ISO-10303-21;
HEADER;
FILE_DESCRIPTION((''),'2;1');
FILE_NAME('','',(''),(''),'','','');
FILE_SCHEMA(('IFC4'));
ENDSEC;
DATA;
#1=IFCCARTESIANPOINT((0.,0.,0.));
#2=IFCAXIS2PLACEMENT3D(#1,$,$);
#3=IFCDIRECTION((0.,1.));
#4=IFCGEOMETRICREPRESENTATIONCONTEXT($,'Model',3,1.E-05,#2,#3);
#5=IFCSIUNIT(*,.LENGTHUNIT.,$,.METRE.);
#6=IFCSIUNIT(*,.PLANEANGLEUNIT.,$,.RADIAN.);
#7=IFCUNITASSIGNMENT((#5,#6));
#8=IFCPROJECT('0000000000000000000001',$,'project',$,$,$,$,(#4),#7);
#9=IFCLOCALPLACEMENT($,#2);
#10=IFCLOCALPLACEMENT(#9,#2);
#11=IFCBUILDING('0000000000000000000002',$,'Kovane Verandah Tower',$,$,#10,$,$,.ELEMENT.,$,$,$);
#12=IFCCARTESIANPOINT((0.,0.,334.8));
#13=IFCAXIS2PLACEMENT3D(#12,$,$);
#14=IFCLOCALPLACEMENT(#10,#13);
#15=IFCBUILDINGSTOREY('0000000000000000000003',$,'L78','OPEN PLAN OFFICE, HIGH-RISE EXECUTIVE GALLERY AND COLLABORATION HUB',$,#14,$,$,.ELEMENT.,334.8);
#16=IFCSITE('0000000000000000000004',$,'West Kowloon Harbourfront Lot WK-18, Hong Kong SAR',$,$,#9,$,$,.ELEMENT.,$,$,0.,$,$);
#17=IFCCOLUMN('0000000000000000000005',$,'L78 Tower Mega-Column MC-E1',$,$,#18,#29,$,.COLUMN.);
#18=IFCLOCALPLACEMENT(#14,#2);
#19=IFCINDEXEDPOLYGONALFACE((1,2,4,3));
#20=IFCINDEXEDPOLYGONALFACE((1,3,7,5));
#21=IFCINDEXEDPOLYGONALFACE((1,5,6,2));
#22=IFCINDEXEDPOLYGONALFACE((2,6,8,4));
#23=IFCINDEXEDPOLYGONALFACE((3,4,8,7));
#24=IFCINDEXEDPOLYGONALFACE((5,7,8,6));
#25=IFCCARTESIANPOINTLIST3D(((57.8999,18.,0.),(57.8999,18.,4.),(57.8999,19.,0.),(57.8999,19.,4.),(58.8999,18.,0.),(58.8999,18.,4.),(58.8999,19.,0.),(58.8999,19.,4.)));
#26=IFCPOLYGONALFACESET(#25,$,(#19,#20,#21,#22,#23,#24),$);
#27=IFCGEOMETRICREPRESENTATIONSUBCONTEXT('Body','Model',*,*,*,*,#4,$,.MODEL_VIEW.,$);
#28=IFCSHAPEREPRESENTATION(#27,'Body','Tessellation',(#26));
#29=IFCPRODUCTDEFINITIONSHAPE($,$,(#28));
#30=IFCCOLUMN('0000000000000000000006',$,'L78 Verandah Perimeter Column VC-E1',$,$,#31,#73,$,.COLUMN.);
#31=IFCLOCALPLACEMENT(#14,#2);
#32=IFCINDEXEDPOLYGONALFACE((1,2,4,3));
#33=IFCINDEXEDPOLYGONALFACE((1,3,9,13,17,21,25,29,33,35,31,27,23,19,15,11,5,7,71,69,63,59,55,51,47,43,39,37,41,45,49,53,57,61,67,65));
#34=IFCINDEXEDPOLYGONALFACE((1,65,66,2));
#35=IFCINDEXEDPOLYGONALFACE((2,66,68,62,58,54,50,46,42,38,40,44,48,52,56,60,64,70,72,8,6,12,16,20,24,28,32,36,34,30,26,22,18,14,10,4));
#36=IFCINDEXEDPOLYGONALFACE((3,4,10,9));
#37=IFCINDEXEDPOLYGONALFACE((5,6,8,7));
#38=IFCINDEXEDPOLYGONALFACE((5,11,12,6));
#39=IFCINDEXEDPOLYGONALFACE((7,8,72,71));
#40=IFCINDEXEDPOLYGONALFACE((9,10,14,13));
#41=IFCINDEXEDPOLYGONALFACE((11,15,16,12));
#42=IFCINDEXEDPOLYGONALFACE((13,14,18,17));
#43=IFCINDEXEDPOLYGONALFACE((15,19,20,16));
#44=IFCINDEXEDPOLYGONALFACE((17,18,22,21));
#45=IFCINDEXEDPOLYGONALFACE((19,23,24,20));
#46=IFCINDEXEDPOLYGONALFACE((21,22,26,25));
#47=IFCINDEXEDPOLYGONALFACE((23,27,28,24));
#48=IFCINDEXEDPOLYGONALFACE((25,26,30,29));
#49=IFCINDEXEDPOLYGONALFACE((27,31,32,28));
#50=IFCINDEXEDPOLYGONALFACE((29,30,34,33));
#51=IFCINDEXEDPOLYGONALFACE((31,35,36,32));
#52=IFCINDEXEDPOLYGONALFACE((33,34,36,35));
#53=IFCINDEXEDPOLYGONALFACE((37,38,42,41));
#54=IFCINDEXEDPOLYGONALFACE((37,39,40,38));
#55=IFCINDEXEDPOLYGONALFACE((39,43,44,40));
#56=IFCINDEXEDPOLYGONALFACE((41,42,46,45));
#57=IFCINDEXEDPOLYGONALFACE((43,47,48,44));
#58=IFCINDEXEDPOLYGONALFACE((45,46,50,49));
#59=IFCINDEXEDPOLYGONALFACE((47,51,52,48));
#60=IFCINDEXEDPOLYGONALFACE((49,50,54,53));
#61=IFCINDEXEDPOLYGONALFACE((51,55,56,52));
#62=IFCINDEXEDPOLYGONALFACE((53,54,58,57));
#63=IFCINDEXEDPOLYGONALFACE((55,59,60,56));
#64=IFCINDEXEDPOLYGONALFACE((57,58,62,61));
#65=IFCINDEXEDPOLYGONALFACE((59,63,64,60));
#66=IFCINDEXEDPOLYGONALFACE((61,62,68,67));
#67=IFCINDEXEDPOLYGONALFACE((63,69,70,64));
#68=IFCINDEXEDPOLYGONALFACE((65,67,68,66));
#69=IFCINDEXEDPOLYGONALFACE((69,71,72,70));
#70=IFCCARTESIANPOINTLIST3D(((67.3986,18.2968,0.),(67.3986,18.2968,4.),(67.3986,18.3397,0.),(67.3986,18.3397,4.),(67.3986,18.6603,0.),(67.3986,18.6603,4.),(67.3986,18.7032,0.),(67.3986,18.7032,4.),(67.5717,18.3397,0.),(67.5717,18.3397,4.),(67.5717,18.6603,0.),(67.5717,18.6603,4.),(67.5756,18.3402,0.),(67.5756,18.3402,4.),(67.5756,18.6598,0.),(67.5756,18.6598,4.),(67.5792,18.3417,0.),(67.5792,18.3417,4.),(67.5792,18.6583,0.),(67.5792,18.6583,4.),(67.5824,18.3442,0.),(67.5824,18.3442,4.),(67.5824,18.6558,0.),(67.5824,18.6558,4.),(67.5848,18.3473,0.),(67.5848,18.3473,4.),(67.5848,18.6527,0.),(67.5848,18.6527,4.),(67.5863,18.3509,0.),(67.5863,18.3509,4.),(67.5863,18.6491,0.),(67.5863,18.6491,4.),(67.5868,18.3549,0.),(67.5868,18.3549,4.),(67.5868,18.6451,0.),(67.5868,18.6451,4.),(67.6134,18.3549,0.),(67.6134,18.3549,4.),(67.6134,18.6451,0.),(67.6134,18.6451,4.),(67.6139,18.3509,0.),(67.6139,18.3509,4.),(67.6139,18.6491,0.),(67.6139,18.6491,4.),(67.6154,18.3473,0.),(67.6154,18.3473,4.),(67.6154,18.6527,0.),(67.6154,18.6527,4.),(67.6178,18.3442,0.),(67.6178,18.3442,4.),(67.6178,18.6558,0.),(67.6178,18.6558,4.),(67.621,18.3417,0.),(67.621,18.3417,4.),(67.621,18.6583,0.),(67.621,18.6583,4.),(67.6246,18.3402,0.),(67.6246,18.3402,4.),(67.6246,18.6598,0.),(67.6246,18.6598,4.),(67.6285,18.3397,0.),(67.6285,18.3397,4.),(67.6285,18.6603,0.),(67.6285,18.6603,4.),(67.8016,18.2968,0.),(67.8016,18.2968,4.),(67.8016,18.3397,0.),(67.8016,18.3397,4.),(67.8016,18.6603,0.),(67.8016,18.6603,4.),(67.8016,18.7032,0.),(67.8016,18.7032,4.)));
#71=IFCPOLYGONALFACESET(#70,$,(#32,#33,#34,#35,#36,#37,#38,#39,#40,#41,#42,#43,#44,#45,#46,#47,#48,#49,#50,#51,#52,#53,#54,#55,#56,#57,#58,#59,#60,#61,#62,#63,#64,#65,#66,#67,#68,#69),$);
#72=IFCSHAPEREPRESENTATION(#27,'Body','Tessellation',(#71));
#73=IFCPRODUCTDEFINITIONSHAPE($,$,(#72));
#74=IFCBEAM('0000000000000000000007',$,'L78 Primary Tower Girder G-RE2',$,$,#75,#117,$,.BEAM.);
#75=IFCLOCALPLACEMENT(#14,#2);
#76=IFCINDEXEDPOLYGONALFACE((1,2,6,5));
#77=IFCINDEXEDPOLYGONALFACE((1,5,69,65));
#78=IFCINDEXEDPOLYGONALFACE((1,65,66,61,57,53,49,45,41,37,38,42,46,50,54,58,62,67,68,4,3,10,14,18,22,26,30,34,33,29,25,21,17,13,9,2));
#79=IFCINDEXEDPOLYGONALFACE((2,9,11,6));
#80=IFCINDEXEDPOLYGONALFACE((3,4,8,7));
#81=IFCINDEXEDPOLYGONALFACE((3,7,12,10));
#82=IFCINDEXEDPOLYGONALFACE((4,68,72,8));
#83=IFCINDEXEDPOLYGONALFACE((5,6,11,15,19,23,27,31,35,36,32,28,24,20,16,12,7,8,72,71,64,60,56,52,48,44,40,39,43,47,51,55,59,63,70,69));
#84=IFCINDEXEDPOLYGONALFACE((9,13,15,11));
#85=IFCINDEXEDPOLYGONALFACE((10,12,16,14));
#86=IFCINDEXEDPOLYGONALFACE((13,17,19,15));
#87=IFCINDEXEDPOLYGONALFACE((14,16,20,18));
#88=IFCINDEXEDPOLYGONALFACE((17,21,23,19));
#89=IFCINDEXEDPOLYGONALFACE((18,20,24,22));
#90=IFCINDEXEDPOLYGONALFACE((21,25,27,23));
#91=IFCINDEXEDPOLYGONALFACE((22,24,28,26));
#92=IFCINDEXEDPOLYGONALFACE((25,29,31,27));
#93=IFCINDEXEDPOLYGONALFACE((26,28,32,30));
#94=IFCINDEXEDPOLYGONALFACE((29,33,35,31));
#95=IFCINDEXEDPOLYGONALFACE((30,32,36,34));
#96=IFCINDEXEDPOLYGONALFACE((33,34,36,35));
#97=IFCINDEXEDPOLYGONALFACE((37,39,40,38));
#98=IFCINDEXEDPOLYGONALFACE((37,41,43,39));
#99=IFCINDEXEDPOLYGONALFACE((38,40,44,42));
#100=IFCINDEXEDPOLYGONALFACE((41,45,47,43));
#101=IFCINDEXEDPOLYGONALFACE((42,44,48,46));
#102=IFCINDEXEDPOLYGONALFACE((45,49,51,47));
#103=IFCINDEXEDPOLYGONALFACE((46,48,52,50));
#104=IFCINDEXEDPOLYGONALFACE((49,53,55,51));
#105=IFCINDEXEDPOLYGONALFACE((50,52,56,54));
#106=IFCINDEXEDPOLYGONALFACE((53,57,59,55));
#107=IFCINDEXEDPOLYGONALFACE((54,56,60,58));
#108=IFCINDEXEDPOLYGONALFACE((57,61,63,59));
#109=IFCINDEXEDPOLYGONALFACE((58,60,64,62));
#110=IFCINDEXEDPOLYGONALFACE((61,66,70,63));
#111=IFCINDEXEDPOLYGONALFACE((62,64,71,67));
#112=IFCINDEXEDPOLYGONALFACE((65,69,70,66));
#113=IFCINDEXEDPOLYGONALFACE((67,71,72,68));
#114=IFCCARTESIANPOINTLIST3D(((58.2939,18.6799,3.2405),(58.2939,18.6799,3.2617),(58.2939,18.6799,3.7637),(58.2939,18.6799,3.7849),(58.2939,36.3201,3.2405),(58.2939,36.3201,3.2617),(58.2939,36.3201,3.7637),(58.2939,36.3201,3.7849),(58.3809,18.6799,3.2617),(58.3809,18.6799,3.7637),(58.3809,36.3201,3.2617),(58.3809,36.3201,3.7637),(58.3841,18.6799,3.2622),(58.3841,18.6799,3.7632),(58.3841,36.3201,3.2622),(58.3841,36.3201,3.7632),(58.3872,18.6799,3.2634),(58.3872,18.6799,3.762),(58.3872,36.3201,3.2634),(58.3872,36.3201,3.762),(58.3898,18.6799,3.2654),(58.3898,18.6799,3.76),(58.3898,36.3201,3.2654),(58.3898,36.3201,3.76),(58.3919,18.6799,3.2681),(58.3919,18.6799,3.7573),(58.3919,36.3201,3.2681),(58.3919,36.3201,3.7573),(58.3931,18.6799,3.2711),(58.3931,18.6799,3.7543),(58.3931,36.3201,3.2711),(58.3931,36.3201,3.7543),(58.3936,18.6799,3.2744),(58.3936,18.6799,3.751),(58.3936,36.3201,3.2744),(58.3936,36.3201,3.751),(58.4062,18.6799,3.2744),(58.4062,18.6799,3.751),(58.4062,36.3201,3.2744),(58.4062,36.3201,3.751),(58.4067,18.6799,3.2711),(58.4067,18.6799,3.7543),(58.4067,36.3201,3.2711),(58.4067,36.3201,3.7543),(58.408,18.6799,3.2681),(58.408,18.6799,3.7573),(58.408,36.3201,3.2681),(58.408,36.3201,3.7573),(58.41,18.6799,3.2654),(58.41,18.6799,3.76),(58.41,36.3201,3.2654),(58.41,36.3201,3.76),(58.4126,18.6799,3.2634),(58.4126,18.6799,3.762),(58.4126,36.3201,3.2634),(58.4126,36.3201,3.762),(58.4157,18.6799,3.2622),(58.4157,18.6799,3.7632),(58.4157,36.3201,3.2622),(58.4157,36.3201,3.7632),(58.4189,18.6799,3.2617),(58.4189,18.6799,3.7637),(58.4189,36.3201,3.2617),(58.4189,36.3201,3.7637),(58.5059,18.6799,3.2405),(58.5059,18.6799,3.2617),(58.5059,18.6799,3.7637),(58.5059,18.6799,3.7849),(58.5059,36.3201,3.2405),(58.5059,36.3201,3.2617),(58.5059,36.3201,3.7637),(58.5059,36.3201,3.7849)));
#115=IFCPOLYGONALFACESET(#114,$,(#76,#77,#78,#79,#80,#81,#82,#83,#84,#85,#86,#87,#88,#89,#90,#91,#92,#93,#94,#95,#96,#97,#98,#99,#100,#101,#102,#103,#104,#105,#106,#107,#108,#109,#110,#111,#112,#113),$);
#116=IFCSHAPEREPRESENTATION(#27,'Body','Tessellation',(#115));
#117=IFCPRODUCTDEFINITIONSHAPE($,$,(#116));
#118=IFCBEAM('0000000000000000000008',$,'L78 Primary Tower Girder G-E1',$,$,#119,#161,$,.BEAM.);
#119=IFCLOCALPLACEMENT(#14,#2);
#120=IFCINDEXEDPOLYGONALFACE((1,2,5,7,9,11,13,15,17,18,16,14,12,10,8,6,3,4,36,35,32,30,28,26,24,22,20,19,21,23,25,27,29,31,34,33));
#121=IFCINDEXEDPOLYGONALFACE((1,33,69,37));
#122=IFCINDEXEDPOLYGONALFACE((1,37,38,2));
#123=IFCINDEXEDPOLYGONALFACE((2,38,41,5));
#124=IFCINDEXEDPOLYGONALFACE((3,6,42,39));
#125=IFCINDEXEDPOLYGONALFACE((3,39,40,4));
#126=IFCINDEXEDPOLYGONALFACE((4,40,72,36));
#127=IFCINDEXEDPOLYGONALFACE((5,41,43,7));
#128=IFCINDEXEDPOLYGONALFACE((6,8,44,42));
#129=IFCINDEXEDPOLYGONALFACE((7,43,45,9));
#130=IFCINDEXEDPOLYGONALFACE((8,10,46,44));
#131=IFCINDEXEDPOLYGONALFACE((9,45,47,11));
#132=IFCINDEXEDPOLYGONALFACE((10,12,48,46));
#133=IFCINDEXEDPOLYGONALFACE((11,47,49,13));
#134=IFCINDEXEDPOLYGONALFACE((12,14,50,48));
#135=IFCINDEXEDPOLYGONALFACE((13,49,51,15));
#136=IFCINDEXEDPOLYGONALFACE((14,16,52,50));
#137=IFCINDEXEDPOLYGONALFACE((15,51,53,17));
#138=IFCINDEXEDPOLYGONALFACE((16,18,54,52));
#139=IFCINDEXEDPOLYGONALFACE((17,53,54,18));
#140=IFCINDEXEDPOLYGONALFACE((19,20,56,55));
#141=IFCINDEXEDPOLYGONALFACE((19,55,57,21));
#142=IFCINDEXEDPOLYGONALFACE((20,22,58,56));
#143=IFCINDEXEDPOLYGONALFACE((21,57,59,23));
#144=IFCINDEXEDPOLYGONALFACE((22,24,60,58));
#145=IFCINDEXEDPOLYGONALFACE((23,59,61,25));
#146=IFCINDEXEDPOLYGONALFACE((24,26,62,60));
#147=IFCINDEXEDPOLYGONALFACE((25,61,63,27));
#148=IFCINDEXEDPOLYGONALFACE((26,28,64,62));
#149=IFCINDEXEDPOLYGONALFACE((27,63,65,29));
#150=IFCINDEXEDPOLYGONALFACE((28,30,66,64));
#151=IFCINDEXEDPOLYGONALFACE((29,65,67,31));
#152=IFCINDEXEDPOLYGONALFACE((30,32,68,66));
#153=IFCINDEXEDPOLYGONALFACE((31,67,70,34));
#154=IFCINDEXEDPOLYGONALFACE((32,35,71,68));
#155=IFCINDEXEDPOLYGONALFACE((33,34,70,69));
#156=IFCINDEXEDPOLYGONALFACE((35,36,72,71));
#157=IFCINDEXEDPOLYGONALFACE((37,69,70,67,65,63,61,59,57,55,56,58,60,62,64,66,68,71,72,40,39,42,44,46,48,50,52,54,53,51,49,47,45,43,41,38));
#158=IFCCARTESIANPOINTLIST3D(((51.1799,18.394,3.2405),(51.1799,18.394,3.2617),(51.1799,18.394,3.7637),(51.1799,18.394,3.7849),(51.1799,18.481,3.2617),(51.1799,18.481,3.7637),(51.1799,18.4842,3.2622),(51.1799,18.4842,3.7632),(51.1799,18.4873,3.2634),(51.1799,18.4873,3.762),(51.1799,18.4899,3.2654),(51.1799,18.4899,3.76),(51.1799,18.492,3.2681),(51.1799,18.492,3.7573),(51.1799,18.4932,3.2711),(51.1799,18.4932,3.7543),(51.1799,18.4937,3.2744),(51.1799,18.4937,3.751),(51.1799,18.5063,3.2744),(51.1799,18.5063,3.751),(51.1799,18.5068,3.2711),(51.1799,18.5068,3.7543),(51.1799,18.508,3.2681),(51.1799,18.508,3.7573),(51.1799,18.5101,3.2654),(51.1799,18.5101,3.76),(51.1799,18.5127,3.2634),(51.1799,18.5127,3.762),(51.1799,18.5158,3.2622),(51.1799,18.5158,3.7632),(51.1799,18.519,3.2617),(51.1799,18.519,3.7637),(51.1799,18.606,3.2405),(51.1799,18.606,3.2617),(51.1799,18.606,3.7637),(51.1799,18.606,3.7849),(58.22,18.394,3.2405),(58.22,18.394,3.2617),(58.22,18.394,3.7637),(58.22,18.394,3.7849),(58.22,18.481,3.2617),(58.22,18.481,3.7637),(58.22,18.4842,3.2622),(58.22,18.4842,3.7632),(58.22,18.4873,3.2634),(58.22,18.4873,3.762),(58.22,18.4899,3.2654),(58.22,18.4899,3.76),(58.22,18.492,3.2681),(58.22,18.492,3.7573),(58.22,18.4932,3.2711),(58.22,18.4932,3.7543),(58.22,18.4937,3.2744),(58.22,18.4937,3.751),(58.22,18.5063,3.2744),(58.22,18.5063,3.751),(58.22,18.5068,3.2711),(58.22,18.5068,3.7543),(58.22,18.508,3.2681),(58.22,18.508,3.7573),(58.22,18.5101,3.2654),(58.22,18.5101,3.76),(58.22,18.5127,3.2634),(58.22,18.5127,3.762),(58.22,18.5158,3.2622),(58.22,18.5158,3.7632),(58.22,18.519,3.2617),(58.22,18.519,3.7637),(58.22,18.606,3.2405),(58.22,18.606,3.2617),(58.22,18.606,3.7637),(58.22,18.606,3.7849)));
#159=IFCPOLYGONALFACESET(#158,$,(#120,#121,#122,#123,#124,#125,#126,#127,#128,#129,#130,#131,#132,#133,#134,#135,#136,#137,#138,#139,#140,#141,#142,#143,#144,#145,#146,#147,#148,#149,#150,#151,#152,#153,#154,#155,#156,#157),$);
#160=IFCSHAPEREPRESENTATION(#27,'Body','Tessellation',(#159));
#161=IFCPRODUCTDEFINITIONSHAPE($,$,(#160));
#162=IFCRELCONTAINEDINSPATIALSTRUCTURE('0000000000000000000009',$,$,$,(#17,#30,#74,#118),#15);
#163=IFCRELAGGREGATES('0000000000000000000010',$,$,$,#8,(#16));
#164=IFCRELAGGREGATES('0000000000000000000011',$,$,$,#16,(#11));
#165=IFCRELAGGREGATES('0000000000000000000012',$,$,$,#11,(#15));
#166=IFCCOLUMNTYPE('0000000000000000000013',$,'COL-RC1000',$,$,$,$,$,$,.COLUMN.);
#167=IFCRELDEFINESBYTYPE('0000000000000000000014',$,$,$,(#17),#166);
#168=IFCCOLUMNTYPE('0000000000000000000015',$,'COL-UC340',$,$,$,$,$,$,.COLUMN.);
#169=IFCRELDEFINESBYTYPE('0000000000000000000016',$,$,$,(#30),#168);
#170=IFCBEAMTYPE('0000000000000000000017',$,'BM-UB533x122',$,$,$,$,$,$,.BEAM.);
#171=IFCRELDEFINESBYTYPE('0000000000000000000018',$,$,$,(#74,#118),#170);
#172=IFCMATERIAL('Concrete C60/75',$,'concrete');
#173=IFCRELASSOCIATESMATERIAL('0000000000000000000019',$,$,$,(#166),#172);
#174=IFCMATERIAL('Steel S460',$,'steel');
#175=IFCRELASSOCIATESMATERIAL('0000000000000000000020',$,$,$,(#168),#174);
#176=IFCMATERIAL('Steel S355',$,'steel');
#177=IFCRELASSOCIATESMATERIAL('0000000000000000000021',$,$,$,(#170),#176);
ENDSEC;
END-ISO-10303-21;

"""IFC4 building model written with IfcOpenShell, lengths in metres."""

from ifc_helpers import new_model, si_unit, direction, frame, origin, origin_2d, place, context, subcontext, project, spatial, rectangle, i_section, extrude, material, material_profile, profile_set, type_object, element, save


model = new_model("IFC4")

# Units and contexts
model_context = context("Model", 3, precision=1e-05, world=origin(), true_north=direction((0.0, 1.0)))
body_context = subcontext(model_context, "Body", "Model", "MODEL_VIEW")
ifc_project = project(units=[si_unit("LENGTHUNIT", "METRE"), si_unit("PLANEANGLEUNIT", "RADIAN")], contexts=[model_context])

# Site, building, storey
site_placement = place(None, origin())
site = spatial("IfcSite", under=ifc_project, at=site_placement, Name="West Kowloon Harbourfront Lot WK-18, Hong Kong SAR", CompositionType="ELEMENT", RefElevation=0.0)
building_placement = place(site_placement, origin())
building = spatial("IfcBuilding", under=site, at=building_placement, Name="Kovane Verandah Tower", CompositionType="ELEMENT")
storey_placement = place(building_placement, frame((0.0, 0.0, 334.8)))
storey = spatial("IfcBuildingStorey", under=building, at=storey_placement, Name="L78", Description="OPEN PLAN OFFICE, HIGH-RISE EXECUTIVE GALLERY AND COLLABORATION HUB", CompositionType="ELEMENT", Elevation=334.8)

# Columns
ifc_material_1 = material(Name="Concrete C60/75", Category="concrete")
ifc_material_profile_1 = material_profile(ifc_material_1, rectangle(XDim=1.0, YDim=1.0, at=origin_2d()), Name="RC1000x1000")
ifc_profile_set_1 = profile_set([ifc_material_profile_1], Name="Concrete C60/75")
column_type_1 = type_object("IfcColumnType", Name="COL-RC1000", PredefinedType="COLUMN", material=ifc_profile_set_1)
column_1_placement = place(storey_placement, frame((58.3999, 18.5, 0.0), z_axis=(0.0, 0.0, 1.0), x_axis=(1.0, 0.0, 0.0)))
element("IfcColumn", 1, at=column_1_placement, inside=storey, type_object=column_type_1, Name="L78 Tower Mega-Column MC-E1", PredefinedType="COLUMN", context=body_context, shape_type="SweptSolid", body=[
    extrude(rectangle(XDim=1.0, YDim=1.0, at=origin_2d()), origin(), (0.0, 0.0, 1.0), 4.0),
])
ifc_material_2 = material(Name="Steel S460", Category="steel")
ifc_material_profile_2 = material_profile(ifc_material_2, i_section(OverallWidth=0.4031, OverallDepth=0.4065, WebThickness=0.0266, FlangeThickness=0.043, FilletRadius=0.0151, at=origin_2d()), Name="UC356x406x340")
ifc_profile_set_2 = profile_set([ifc_material_profile_2], Name="Steel S460")
column_type_2 = type_object("IfcColumnType", Name="COL-UC340", PredefinedType="COLUMN", material=ifc_profile_set_2)
column_2_placement = place(storey_placement, frame((67.6001, 18.5, 0.0), z_axis=(0.0, 0.0, 1.0), x_axis=(1.0, 0.0, 0.0)))
element("IfcColumn", 2, at=column_2_placement, inside=storey, type_object=column_type_2, Name="L78 Verandah Perimeter Column VC-E1", PredefinedType="COLUMN", context=body_context, shape_type="SweptSolid", body=[
    extrude(i_section(OverallWidth=0.4031, OverallDepth=0.4065, WebThickness=0.0266, FlangeThickness=0.043, FilletRadius=0.0151, at=origin_2d()), origin(), (0.0, 0.0, 1.0), 4.0),
])

# Beams
ifc_material_3 = material(Name="Steel S355", Category="steel")
ifc_material_profile_3 = material_profile(ifc_material_3, i_section(OverallWidth=0.2119, OverallDepth=0.5444, WebThickness=0.0127, FlangeThickness=0.0212, FilletRadius=0.0127, at=origin_2d()), Name="UB533x210x122")
ifc_profile_set_3 = profile_set([ifc_material_profile_3], Name="Steel S355")
beam_type_1 = type_object("IfcBeamType", Name="BM-UB533x122", PredefinedType="BEAM", material=ifc_profile_set_3)
beam_1_placement = place(storey_placement, frame((58.3999, 18.6799, 3.5127), z_axis=(0.0, 1.0, 0.0), x_axis=(-1.0, 0.0, 0.0)))
element("IfcBeam", 3, at=beam_1_placement, inside=storey, type_object=beam_type_1, Name="L78 Primary Tower Girder G-RE2", PredefinedType="BEAM", context=body_context, shape_type="SweptSolid", body=[
    extrude(i_section(OverallWidth=0.2119, OverallDepth=0.5444, WebThickness=0.0127, FlangeThickness=0.0212, FilletRadius=0.0127, at=origin_2d()), origin(), (0.0, 0.0, 1.0), 17.6401),
])
beam_2_placement = place(storey_placement, frame((51.1799, 18.5, 3.5127), z_axis=(1.0, 0.0, 0.0), x_axis=(0.0, 1.0, 0.0)))
element("IfcBeam", 4, at=beam_2_placement, inside=storey, type_object=beam_type_1, Name="L78 Primary Tower Girder G-E1", PredefinedType="BEAM", context=body_context, shape_type="SweptSolid", body=[
    extrude(i_section(OverallWidth=0.2119, OverallDepth=0.5444, WebThickness=0.0127, FlangeThickness=0.0212, FilletRadius=0.0127, at=origin_2d()), origin(), (0.0, 0.0, 1.0), 7.04),
])

save(model, "model.ifc")
